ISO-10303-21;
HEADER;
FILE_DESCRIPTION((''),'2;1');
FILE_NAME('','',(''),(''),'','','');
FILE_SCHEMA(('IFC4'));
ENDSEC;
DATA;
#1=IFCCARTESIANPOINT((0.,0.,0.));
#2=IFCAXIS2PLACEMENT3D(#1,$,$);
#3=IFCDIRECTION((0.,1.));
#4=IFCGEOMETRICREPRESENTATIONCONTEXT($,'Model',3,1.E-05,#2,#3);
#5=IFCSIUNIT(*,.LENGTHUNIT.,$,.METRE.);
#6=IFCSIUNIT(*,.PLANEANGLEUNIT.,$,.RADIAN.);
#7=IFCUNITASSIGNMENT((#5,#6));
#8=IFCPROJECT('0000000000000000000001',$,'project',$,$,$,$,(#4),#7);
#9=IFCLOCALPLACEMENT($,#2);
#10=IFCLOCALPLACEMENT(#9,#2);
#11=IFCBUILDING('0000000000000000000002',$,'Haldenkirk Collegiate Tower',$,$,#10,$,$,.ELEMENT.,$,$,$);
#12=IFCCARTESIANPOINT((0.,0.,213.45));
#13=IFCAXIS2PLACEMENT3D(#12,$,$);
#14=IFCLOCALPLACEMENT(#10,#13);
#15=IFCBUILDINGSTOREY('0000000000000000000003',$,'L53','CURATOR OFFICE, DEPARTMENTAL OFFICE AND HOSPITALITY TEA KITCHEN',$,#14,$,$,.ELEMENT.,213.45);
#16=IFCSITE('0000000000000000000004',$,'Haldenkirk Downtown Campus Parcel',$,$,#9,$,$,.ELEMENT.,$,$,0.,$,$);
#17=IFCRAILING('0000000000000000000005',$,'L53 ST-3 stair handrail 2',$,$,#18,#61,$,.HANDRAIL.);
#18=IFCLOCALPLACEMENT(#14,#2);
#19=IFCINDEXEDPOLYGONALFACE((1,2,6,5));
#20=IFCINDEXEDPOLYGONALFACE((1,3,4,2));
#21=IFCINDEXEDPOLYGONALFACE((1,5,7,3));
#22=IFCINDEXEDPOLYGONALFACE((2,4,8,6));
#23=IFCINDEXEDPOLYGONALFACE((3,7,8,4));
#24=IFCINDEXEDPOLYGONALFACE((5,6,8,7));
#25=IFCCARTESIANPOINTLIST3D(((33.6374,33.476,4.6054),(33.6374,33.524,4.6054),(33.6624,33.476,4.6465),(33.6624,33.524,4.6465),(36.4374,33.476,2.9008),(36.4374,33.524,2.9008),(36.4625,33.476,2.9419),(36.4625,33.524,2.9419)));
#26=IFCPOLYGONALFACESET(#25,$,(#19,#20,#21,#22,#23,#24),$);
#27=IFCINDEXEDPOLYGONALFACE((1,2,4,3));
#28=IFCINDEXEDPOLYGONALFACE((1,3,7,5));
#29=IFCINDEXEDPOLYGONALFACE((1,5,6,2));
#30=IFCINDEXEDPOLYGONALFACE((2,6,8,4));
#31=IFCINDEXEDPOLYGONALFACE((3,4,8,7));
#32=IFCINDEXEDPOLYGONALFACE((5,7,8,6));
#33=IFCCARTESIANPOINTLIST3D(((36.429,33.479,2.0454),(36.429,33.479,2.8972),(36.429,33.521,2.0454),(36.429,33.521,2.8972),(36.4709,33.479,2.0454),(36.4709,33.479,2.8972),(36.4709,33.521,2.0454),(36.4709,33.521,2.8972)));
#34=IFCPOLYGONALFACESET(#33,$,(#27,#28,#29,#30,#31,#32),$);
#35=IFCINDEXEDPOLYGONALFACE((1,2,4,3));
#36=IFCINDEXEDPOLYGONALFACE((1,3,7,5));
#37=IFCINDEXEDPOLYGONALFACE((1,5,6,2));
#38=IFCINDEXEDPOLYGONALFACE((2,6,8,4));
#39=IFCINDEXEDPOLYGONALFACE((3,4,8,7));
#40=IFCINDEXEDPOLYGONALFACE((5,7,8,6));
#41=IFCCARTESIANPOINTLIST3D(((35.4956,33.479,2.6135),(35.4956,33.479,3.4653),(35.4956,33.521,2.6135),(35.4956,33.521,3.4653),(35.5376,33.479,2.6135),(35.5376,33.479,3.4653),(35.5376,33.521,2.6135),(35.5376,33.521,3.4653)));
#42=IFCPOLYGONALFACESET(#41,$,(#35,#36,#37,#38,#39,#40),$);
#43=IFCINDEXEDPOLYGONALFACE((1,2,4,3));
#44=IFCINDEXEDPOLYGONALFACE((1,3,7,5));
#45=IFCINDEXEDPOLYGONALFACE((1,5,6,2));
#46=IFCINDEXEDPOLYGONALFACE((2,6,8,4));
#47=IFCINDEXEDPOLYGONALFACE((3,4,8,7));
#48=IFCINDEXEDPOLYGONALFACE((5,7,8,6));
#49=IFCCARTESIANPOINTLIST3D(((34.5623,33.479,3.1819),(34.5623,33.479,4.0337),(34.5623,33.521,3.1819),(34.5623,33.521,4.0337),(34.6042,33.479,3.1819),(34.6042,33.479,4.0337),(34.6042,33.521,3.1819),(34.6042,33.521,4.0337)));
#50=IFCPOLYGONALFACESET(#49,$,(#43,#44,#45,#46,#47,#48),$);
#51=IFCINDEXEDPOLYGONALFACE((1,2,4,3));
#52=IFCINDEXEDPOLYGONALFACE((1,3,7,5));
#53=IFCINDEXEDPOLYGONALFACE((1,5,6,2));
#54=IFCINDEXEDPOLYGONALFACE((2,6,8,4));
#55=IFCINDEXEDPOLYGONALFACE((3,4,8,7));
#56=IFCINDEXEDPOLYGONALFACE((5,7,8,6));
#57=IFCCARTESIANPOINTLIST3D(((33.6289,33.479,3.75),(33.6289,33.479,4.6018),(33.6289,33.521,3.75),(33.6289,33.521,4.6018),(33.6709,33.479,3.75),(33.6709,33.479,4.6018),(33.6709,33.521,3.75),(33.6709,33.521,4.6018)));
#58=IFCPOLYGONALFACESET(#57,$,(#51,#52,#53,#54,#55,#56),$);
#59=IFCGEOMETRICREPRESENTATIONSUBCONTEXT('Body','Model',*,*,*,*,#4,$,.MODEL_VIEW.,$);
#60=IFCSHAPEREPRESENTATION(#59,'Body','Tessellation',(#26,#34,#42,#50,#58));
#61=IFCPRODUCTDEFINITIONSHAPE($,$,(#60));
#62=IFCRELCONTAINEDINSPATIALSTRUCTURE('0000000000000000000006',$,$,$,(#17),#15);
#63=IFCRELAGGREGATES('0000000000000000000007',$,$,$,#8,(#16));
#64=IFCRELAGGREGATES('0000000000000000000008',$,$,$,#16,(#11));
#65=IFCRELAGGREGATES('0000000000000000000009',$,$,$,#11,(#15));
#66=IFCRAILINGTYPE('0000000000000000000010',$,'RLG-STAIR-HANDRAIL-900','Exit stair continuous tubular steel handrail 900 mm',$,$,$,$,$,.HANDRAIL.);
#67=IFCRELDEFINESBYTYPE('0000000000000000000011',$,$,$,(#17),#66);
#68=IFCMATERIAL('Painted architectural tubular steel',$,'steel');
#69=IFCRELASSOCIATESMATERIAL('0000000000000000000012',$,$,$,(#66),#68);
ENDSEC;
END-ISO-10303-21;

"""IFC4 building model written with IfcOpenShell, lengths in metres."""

from ifc_helpers import new_model, si_unit, direction, frame, origin, origin_2d, place, context, subcontext, project, spatial, rectangle, extrude, material, type_object, element, save


model = new_model("IFC4")

# Units and contexts
model_context = context("Model", 3, precision=1e-05, world=origin(), true_north=direction((0.0, 1.0)))
body_context = subcontext(model_context, "Body", "Model", "MODEL_VIEW")
ifc_project = project(units=[si_unit("LENGTHUNIT", "METRE"), si_unit("PLANEANGLEUNIT", "RADIAN")], contexts=[model_context])

# Site, building, storey
site_placement = place(None, origin())
site = spatial("IfcSite", under=ifc_project, at=site_placement, Name="Haldenkirk Downtown Campus Parcel", CompositionType="ELEMENT", RefElevation=0.0)
building_placement = place(site_placement, origin())
building = spatial("IfcBuilding", under=site, at=building_placement, Name="Haldenkirk Collegiate Tower", CompositionType="ELEMENT")
storey_placement = place(building_placement, frame((0.0, 0.0, 213.45)))
storey = spatial("IfcBuildingStorey", under=building, at=storey_placement, Name="L53", Description="CURATOR OFFICE, DEPARTMENTAL OFFICE AND HOSPITALITY TEA KITCHEN", CompositionType="ELEMENT", Elevation=213.45)

# Railing
ifc_material_1 = material(Name="Painted architectural tubular steel", Category="steel")
railing_type_1 = type_object("IfcRailingType", Name="RLG-STAIR-HANDRAIL-900", Description="Exit stair continuous tubular steel handrail 900 mm", PredefinedType="HANDRAIL", material=ifc_material_1)
railing_1_placement = place(storey_placement, frame((36.45, 33.5, 2.0454)))
element("IfcRailing", 1, at=railing_1_placement, inside=storey, type_object=railing_type_1, Name="L53 ST-3 stair handrail 2", PredefinedType="HANDRAIL", context=body_context, shape_type="SweptSolid", body=[
    extrude(rectangle(XDim=0.0481, YDim=0.0481, at=origin_2d()), frame((0.0, 0.0, 0.876), z_axis=(-0.85417, 0.0, 0.519994), x_axis=(0.0, -1.0, 0.0)), (0.0, 0.0, 1.0), 3.2781),
    extrude(rectangle(XDim=0.042, YDim=0.042, at=origin_2d()), origin(), (0.0, 0.0, 1.0), 0.8518),
    extrude(rectangle(XDim=0.042, YDim=0.042, at=origin_2d()), frame((-0.9333, 0.0, 0.5681)), (0.0, 0.0, 1.0), 0.8518),
    extrude(rectangle(XDim=0.042, YDim=0.042, at=origin_2d()), frame((-1.8667, 0.0, 1.1365)), (0.0, 0.0, 1.0), 0.8518),
    extrude(rectangle(XDim=0.042, YDim=0.042, at=origin_2d()), frame((-2.8, 0.0, 1.7046)), (0.0, 0.0, 1.0), 0.8518),
])

save(model, "model.ifc")
